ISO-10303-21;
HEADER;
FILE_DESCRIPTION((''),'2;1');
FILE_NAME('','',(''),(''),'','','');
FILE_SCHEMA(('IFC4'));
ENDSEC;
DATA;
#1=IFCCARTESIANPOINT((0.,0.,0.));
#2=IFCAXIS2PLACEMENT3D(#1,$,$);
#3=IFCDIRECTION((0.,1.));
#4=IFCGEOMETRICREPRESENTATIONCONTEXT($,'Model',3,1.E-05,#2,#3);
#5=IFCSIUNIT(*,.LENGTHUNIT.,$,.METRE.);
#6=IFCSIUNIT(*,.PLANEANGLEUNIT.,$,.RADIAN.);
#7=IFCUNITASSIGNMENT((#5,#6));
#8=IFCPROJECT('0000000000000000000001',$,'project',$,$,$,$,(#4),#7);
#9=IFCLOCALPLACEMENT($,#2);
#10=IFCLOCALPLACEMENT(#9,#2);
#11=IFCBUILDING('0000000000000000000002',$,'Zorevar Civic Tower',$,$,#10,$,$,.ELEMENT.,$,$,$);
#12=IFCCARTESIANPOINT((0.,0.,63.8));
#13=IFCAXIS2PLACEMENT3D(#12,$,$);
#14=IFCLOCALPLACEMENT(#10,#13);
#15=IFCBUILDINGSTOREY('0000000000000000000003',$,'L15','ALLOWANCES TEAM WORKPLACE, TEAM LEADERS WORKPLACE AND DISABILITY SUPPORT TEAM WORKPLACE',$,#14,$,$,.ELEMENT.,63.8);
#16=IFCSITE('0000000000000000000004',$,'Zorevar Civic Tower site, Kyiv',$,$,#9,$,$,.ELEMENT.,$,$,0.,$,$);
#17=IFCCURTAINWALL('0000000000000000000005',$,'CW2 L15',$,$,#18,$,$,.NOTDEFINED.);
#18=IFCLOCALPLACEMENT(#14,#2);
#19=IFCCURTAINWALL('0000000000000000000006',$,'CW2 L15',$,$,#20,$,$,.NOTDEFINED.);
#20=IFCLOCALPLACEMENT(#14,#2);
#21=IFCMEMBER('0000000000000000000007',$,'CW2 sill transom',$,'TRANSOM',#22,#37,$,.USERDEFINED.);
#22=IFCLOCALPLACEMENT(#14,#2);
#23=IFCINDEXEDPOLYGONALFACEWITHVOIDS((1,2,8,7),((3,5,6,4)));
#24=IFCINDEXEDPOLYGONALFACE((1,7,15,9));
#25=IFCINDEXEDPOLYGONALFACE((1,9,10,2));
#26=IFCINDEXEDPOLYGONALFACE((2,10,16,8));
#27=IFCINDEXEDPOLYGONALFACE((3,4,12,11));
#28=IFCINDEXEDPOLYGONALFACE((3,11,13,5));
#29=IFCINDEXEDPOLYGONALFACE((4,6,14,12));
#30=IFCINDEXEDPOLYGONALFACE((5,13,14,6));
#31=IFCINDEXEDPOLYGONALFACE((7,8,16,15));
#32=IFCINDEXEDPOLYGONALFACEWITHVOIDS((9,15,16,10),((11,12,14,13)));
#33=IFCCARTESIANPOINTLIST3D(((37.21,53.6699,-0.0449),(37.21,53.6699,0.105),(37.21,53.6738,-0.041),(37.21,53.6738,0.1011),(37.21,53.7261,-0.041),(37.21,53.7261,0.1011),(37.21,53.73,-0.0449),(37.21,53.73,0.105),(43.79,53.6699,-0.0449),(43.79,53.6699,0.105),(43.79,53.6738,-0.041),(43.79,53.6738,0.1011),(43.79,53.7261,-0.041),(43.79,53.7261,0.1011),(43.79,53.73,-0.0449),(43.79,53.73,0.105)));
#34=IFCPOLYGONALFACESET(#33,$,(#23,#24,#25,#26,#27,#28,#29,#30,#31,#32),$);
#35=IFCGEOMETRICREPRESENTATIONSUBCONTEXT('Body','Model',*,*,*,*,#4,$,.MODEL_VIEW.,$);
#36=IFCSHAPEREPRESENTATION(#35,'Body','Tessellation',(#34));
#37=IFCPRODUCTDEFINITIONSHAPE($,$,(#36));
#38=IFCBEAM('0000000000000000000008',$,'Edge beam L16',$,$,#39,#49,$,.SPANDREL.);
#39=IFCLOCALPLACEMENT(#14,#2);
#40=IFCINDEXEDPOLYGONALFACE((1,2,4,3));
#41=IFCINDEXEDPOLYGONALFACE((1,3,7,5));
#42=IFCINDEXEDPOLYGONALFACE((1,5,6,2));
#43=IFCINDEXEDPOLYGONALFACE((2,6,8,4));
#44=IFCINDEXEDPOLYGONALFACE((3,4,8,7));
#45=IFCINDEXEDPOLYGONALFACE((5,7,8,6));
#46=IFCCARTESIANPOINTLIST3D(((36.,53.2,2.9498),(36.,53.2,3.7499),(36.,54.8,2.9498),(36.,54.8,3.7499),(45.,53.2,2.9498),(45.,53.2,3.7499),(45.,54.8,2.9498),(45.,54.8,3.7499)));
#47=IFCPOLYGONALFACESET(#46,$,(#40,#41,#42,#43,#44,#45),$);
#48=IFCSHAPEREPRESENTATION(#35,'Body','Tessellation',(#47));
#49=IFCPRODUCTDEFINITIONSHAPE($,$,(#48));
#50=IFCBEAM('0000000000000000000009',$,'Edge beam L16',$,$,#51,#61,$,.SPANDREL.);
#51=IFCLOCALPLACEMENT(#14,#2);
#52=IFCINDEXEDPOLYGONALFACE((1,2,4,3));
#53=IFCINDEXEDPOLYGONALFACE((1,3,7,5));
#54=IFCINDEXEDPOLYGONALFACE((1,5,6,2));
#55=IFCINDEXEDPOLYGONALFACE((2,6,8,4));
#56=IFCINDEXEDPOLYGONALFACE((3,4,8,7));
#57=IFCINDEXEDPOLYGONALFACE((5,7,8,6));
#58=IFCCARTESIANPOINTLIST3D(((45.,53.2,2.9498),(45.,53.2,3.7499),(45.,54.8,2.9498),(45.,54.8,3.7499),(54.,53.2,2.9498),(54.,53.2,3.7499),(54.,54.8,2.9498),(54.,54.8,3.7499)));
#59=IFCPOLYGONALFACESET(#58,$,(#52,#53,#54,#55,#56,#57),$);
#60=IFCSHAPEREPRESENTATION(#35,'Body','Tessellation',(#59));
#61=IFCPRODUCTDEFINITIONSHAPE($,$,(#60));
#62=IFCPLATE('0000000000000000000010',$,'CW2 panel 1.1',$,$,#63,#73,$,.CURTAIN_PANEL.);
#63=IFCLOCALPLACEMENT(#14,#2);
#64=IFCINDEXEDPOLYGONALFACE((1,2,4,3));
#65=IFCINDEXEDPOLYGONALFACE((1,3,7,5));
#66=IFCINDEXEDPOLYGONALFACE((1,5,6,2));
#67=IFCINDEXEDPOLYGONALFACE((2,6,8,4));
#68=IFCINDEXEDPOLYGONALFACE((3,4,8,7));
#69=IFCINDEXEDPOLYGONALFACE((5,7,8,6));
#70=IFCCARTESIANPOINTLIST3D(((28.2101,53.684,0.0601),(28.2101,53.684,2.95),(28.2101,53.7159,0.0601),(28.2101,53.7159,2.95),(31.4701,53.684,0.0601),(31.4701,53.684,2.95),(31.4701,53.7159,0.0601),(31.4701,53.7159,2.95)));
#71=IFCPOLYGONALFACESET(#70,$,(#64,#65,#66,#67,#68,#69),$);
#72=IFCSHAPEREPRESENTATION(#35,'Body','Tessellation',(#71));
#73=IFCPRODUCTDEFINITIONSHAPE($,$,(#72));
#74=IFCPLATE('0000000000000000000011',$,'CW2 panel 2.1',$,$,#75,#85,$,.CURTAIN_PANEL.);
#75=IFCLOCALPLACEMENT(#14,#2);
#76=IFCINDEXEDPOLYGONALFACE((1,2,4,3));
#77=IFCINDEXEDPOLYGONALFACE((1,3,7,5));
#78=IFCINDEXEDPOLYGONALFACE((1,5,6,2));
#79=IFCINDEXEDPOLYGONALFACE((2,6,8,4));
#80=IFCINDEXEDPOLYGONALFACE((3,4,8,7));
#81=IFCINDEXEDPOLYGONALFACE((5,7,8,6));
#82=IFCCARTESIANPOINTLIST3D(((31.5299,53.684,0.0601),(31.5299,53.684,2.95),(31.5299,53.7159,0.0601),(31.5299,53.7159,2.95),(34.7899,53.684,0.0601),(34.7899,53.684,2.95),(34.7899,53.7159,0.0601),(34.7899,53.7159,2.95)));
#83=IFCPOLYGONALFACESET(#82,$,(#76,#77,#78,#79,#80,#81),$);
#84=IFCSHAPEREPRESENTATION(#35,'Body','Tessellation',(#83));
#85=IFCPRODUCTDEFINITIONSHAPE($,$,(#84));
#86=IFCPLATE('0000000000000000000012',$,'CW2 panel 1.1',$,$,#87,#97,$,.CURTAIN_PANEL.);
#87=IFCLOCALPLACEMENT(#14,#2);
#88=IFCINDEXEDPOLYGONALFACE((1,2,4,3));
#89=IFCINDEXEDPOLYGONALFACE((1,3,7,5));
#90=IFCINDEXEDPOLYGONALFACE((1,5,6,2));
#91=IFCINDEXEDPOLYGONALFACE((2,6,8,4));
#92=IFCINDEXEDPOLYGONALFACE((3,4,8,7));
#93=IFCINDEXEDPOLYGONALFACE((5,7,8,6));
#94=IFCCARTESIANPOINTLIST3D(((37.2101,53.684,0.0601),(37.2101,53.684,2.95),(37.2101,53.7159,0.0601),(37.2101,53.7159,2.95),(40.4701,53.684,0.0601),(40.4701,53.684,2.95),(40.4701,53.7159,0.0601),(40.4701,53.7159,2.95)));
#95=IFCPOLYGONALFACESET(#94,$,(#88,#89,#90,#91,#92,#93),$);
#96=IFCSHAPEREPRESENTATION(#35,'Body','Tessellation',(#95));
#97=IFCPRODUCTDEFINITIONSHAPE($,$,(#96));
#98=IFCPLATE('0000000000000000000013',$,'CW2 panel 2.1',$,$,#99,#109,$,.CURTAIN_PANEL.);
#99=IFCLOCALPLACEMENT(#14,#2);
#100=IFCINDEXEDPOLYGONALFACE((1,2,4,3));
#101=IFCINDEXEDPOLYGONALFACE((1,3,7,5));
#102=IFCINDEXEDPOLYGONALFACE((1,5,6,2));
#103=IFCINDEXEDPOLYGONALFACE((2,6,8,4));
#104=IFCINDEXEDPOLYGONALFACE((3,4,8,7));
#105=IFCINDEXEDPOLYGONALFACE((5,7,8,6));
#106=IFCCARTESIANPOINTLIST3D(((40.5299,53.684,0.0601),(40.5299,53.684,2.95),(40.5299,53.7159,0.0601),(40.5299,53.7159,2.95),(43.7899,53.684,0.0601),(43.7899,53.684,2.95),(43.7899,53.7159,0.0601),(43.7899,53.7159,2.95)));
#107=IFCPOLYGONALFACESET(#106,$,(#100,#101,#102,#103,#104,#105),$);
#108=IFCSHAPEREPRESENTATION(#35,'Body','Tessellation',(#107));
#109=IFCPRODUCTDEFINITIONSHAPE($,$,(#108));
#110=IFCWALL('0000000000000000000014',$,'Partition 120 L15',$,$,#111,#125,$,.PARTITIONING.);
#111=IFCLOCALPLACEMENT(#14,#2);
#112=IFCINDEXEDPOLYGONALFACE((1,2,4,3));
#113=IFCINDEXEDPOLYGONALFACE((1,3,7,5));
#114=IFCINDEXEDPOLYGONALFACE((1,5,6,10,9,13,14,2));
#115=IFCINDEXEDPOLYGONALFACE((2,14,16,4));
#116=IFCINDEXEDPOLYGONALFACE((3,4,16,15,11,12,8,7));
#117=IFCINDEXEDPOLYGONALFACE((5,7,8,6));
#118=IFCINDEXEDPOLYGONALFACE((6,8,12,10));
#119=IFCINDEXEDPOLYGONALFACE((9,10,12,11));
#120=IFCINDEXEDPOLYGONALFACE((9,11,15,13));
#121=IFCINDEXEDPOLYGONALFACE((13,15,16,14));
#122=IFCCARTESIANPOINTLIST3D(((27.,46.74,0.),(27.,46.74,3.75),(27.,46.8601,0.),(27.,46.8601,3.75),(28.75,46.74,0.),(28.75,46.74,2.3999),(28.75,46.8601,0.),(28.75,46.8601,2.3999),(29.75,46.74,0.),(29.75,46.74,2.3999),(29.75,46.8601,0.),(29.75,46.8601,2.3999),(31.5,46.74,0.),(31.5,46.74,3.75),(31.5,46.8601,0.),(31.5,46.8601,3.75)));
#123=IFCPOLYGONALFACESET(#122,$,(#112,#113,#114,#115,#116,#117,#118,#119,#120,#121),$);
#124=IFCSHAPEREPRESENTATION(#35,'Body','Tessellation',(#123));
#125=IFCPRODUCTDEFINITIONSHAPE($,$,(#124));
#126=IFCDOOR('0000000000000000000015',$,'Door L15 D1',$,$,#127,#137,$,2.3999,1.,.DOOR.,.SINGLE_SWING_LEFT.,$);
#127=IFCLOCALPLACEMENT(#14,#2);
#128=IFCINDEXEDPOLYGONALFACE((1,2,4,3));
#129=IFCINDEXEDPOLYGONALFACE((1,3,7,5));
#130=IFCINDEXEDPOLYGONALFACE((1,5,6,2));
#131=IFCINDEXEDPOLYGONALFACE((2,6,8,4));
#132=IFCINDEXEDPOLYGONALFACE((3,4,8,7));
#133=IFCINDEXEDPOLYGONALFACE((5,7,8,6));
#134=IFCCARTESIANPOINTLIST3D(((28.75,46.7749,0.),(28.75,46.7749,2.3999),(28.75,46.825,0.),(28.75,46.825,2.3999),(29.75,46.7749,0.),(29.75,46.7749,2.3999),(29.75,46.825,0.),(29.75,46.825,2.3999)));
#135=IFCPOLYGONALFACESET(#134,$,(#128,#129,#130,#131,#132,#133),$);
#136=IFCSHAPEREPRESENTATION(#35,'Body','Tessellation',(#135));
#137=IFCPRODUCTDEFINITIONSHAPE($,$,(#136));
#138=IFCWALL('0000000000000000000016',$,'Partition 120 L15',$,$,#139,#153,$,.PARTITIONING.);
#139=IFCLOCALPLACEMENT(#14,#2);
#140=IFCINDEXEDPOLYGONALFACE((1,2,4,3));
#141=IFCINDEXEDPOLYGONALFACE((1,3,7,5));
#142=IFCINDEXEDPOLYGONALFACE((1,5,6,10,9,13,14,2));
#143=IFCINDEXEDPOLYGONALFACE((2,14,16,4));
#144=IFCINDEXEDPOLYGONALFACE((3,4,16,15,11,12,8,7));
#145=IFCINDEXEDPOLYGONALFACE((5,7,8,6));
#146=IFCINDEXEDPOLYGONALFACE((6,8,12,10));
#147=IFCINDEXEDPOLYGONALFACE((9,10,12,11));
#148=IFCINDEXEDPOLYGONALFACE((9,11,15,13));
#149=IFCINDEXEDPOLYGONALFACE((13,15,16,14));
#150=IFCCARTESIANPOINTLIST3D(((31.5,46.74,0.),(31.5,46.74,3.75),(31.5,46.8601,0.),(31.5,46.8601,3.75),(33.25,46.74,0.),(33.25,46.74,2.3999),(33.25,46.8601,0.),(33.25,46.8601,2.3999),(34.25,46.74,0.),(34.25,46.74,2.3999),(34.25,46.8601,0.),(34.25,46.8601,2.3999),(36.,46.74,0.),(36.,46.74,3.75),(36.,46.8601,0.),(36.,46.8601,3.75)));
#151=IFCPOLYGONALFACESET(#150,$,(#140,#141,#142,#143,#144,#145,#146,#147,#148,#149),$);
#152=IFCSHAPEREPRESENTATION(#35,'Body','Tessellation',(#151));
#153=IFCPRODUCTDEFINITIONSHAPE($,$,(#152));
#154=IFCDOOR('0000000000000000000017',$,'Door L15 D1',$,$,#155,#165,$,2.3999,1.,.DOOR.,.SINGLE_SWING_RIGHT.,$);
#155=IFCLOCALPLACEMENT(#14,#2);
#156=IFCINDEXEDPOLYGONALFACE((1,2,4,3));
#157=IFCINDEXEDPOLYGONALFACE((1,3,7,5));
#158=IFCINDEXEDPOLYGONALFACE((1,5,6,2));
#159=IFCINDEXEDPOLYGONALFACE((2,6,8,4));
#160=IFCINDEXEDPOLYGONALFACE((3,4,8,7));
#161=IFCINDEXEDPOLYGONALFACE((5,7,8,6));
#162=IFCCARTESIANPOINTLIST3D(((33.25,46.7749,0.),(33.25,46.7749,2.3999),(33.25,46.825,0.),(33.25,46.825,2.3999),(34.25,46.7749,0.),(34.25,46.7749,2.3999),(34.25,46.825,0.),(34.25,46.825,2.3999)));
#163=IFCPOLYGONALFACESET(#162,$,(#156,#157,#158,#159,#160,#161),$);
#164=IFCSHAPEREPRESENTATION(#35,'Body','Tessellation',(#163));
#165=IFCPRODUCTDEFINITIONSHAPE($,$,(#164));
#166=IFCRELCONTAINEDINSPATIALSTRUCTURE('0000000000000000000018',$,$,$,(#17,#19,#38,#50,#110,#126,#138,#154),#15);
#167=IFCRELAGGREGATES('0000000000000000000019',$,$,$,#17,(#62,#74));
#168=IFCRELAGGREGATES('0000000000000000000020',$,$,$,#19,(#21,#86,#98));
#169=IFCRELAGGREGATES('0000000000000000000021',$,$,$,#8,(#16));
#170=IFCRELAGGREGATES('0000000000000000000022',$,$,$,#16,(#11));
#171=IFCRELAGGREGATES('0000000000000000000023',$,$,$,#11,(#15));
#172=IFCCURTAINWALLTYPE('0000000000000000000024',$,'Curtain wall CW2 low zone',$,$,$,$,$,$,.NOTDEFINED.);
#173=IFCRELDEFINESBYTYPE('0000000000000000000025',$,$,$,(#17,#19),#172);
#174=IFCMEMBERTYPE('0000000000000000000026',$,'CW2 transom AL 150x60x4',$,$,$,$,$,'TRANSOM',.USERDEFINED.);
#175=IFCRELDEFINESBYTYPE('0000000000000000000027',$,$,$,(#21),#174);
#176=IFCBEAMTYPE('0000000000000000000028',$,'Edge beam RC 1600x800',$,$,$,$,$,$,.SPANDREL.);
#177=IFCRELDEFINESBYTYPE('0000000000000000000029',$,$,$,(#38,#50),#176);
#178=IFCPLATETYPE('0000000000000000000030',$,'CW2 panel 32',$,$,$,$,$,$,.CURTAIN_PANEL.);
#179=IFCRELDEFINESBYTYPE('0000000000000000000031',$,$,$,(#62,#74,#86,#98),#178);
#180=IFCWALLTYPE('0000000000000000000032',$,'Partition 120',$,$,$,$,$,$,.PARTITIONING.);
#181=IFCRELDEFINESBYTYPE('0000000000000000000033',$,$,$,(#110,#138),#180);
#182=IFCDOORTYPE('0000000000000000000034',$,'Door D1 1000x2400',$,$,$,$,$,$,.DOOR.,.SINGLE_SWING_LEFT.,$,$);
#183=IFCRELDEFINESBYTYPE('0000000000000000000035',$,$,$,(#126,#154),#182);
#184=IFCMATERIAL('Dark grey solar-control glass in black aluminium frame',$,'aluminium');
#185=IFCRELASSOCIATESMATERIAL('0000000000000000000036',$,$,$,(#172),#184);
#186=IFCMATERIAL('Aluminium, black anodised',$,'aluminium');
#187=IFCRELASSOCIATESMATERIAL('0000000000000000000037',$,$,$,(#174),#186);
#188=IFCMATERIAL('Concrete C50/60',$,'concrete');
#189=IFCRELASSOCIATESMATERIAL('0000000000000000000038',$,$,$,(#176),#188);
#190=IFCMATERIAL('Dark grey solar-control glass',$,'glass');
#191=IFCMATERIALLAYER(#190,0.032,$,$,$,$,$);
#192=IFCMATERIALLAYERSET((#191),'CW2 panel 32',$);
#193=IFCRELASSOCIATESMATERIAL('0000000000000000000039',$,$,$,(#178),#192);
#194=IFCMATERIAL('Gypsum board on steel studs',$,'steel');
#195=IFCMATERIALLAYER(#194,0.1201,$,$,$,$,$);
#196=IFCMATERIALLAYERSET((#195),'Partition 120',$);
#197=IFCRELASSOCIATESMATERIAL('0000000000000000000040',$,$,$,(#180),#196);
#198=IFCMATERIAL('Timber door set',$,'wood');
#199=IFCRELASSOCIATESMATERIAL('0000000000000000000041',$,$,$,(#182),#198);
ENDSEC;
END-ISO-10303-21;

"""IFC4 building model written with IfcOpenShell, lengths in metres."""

from ifc_helpers import new_model, si_unit, direction, frame, frame_2d, origin, origin_2d, place, context, subcontext, project, spatial, rectangle, hollow_rectangle, extrude, material, layer, layer_set, material_profile, profile_set, type_object, element, fill, aggregate, save


model = new_model("IFC4")

# Units and contexts
model_context = context("Model", 3, precision=1e-05, world=origin(), true_north=direction((0.0, 1.0)))
body_context = subcontext(model_context, "Body", "Model", "MODEL_VIEW")
ifc_project = project(units=[si_unit("LENGTHUNIT", "METRE"), si_unit("PLANEANGLEUNIT", "RADIAN")], contexts=[model_context])

# Site, building, storey
site_placement = place(None, origin())
site = spatial("IfcSite", under=ifc_project, at=site_placement, Name="Zorevar Civic Tower site, Kyiv", CompositionType="ELEMENT", RefElevation=0.0)
building_placement = place(site_placement, origin())
building = spatial("IfcBuilding", under=site, at=building_placement, Name="Zorevar Civic Tower", CompositionType="ELEMENT")
storey_placement = place(building_placement, frame((0.0, 0.0, 63.8)))
storey = spatial("IfcBuildingStorey", under=building, at=storey_placement, Name="L15", Description="ALLOWANCES TEAM WORKPLACE, TEAM LEADERS WORKPLACE AND DISABILITY SUPPORT TEAM WORKPLACE", CompositionType="ELEMENT", Elevation=63.8)

# Curtain walls
ifc_material_1 = material(Name="Dark grey solar-control glass in black aluminium frame", Category="aluminium")
curtain_wall_type = type_object("IfcCurtainWallType", Name="Curtain wall CW2 low zone", PredefinedType="NOTDEFINED", material=ifc_material_1)
curtain_wall_1_placement = place(storey_placement, origin())
curtain_wall_1 = element("IfcCurtainWall", 1, at=curtain_wall_1_placement, inside=storey, type_object=curtain_wall_type, Name="CW2 L15", PredefinedType="NOTDEFINED")
curtain_wall_2_placement = place(storey_placement, origin())
curtain_wall_2 = element("IfcCurtainWall", 2, at=curtain_wall_2_placement, inside=storey, type_object=curtain_wall_type, Name="CW2 L15", PredefinedType="NOTDEFINED")

# Member
ifc_material_2 = material(Name="Aluminium, black anodised", Category="aluminium")
ifc_material_profile_1 = material_profile(ifc_material_2, hollow_rectangle(XDim=0.0601, YDim=0.1499, WallThickness=0.0039, at=origin_2d()), Name="AL 150x60x4")
ifc_profile_set_1 = profile_set([ifc_material_profile_1], Name="Aluminium, black anodised")
member_type_1 = type_object("IfcMemberType", Name="CW2 transom AL 150x60x4", ElementType="TRANSOM", PredefinedType="USERDEFINED", material=ifc_profile_set_1)
member_1_placement = place(storey_placement, frame((37.21, 53.7, 0.03), z_axis=(1.0, 0.0, 0.0), x_axis=(0.0, 1.0, 0.0)))
member_1 = element("IfcMember", 3, at=member_1_placement, type_object=member_type_1, Name="CW2 sill transom", ObjectType="TRANSOM", PredefinedType="USERDEFINED", context=body_context, shape_type="SweptSolid", body=[
    extrude(hollow_rectangle(XDim=0.0601, YDim=0.1499, WallThickness=0.0039, at=origin_2d()), origin(), (0.0, 0.0, 1.0), 6.5801),
])

# Beams
ifc_material_3 = material(Name="Concrete C50/60", Category="concrete")
ifc_material_profile_2 = material_profile(ifc_material_3, rectangle(XDim=1.6001, YDim=0.8, at=origin_2d()), Name="RC 1600x800")
ifc_profile_set_2 = profile_set([ifc_material_profile_2], Name="Concrete C50/60")
beam_type_1 = type_object("IfcBeamType", Name="Edge beam RC 1600x800", PredefinedType="SPANDREL", material=ifc_profile_set_2)
for number, where, z_axis, x_axis, name in (
    (4, (36.0, 54.0, 3.3499), (1.0, 0.0, 0.0), (0.0, 1.0, 0.0), "Edge beam L16"),
    (5, (45.0, 54.0, 3.3499), (1.0, 0.0, 0.0), (0.0, 1.0, 0.0), "Edge beam L16"),
):
    element("IfcBeam", number, at=place(storey_placement, frame(where, z_axis=z_axis, x_axis=x_axis)), inside=storey, type_object=beam_type_1, Name=name, PredefinedType="SPANDREL", context=body_context, shape_type="SweptSolid", body=[
        extrude(rectangle(XDim=1.6001, YDim=0.8, at=origin_2d()), origin(), (0.0, 0.0, 1.0), 9.0),
    ])

# Plates
ifc_material_4 = material(Name="Dark grey solar-control glass", Category="glass")
ifc_layer_1 = layer(ifc_material_4, 0.032)
ifc_layer_set_1 = layer_set([ifc_layer_1], Name="CW2 panel 32")
plate_type = type_object("IfcPlateType", Name="CW2 panel 32", PredefinedType="CURTAIN_PANEL", material=ifc_layer_set_1)
plate_1_placement = place(storey_placement, frame((29.8401, 53.7, 0.0601), z_axis=(0.0, 0.0, 1.0), x_axis=(1.0, 0.0, 0.0)))
plate_1 = element("IfcPlate", 6, at=plate_1_placement, type_object=plate_type, Name="CW2 panel 1.1", PredefinedType="CURTAIN_PANEL", context=body_context, shape_type="SweptSolid", body=[
    extrude(rectangle(XDim=3.26, YDim=0.032, at=origin_2d()), origin(), (0.0, 0.0, 1.0), 2.8899),
])
plate_2_placement = place(storey_placement, frame((33.1599, 53.7, 0.0601), z_axis=(0.0, 0.0, 1.0), x_axis=(1.0, 0.0, 0.0)))
plate_2 = element("IfcPlate", 7, at=plate_2_placement, type_object=plate_type, Name="CW2 panel 2.1", PredefinedType="CURTAIN_PANEL", context=body_context, shape_type="SweptSolid", body=[
    extrude(rectangle(XDim=3.26, YDim=0.032, at=origin_2d()), origin(), (0.0, 0.0, 1.0), 2.8899),
])
aggregate(curtain_wall_1, [plate_1, plate_2])
plate_3_placement = place(storey_placement, frame((38.8401, 53.7, 0.0601), z_axis=(0.0, 0.0, 1.0), x_axis=(1.0, 0.0, 0.0)))
plate_3 = element("IfcPlate", 8, at=plate_3_placement, type_object=plate_type, Name="CW2 panel 1.1", PredefinedType="CURTAIN_PANEL", context=body_context, shape_type="SweptSolid", body=[
    extrude(rectangle(XDim=3.26, YDim=0.032, at=origin_2d()), origin(), (0.0, 0.0, 1.0), 2.8899),
])
plate_4_placement = place(storey_placement, frame((42.1599, 53.7, 0.0601), z_axis=(0.0, 0.0, 1.0), x_axis=(1.0, 0.0, 0.0)))
plate_4 = element("IfcPlate", 9, at=plate_4_placement, type_object=plate_type, Name="CW2 panel 2.1", PredefinedType="CURTAIN_PANEL", context=body_context, shape_type="SweptSolid", body=[
    extrude(rectangle(XDim=3.26, YDim=0.032, at=origin_2d()), origin(), (0.0, 0.0, 1.0), 2.8899),
])
aggregate(curtain_wall_2, [member_1, plate_3, plate_4])

# Walls, openings, doors
ifc_material_5 = material(Name="Gypsum board on steel studs", Category="steel")
ifc_layer_2 = layer(ifc_material_5, 0.1201)
ifc_layer_set_2 = layer_set([ifc_layer_2], Name="Partition 120")
wall_type = type_object("IfcWallType", Name="Partition 120", PredefinedType="PARTITIONING", material=ifc_layer_set_2)
wall_1_placement = place(storey_placement, frame((27.0, 46.8, 0.0), z_axis=(0.0, 0.0, 1.0), x_axis=(1.0, 0.0, 0.0)))
wall_1 = element("IfcWall", 10, at=wall_1_placement, inside=storey, type_object=wall_type, Name="Partition 120 L15", PredefinedType="PARTITIONING", context=body_context, shape_type="SweptSolid", body=[
    extrude(rectangle(XDim=4.5, YDim=0.1201, at=frame_2d((2.25, 0.0))), origin(), (0.0, 0.0, 1.0), 3.75),
])
opening_1_placement = place(wall_1_placement, frame((1.75, 0.0, 0.0)))
opening_1 = element("IfcOpeningElement", 11, at=opening_1_placement, cuts=wall_1, PredefinedType="OPENING", context=body_context, shape_type="SweptSolid", body=[
    extrude(rectangle(XDim=1.0, YDim=2.3999, at=frame_2d((0.5, 1.2))), frame((0.0, 0.0701, 0.0), z_axis=(0.0, -1.0, 0.0), x_axis=(1.0, 0.0, 0.0)), (0.0, 0.0, 1.0), 0.1401),
])
ifc_material_6 = material(Name="Timber door set", Category="wood")
door_type = type_object("IfcDoorType", Name="Door D1 1000x2400", OperationType="SINGLE_SWING_LEFT", PredefinedType="DOOR", material=ifc_material_6)
door_1_placement = place(opening_1_placement, origin())
door_1 = element("IfcDoor", 12, at=door_1_placement, inside=storey, type_object=door_type, Name="Door L15 D1", OperationType="SINGLE_SWING_LEFT", OverallHeight=2.3999, OverallWidth=1.0, PredefinedType="DOOR", context=body_context, shape_type="SweptSolid", body=[
    extrude(rectangle(XDim=1.0, YDim=2.3999, at=frame_2d((0.5, 1.2))), frame((0.0, 0.0249, 0.0), z_axis=(0.0, -1.0, 0.0), x_axis=(1.0, 0.0, 0.0)), (0.0, 0.0, 1.0), 0.05),
])
fill(opening_1, door_1)
wall_2_placement = place(storey_placement, frame((31.5, 46.8, 0.0), z_axis=(0.0, 0.0, 1.0), x_axis=(1.0, 0.0, 0.0)))
wall_2 = element("IfcWall", 13, at=wall_2_placement, inside=storey, type_object=wall_type, Name="Partition 120 L15", PredefinedType="PARTITIONING", context=body_context, shape_type="SweptSolid", body=[
    extrude(rectangle(XDim=4.5, YDim=0.1201, at=frame_2d((2.25, 0.0))), origin(), (0.0, 0.0, 1.0), 3.75),
])
opening_2_placement = place(wall_2_placement, frame((1.75, 0.0, 0.0)))
opening_2 = element("IfcOpeningElement", 14, at=opening_2_placement, cuts=wall_2, PredefinedType="OPENING", context=body_context, shape_type="SweptSolid", body=[
    extrude(rectangle(XDim=1.0, YDim=2.3999, at=frame_2d((0.5, 1.2))), frame((0.0, 0.0701, 0.0), z_axis=(0.0, -1.0, 0.0), x_axis=(1.0, 0.0, 0.0)), (0.0, 0.0, 1.0), 0.1401),
])
door_2_placement = place(opening_2_placement, origin())
door_2 = element("IfcDoor", 15, at=door_2_placement, inside=storey, type_object=door_type, Name="Door L15 D1", OperationType="SINGLE_SWING_RIGHT", OverallHeight=2.3999, OverallWidth=1.0, PredefinedType="DOOR", context=body_context, shape_type="SweptSolid", body=[
    extrude(rectangle(XDim=1.0, YDim=2.3999, at=frame_2d((0.5, 1.2))), frame((0.0, 0.0249, 0.0), z_axis=(0.0, -1.0, 0.0), x_axis=(1.0, 0.0, 0.0)), (0.0, 0.0, 1.0), 0.05),
])
fill(opening_2, door_2)

save(model, "model.ifc")
